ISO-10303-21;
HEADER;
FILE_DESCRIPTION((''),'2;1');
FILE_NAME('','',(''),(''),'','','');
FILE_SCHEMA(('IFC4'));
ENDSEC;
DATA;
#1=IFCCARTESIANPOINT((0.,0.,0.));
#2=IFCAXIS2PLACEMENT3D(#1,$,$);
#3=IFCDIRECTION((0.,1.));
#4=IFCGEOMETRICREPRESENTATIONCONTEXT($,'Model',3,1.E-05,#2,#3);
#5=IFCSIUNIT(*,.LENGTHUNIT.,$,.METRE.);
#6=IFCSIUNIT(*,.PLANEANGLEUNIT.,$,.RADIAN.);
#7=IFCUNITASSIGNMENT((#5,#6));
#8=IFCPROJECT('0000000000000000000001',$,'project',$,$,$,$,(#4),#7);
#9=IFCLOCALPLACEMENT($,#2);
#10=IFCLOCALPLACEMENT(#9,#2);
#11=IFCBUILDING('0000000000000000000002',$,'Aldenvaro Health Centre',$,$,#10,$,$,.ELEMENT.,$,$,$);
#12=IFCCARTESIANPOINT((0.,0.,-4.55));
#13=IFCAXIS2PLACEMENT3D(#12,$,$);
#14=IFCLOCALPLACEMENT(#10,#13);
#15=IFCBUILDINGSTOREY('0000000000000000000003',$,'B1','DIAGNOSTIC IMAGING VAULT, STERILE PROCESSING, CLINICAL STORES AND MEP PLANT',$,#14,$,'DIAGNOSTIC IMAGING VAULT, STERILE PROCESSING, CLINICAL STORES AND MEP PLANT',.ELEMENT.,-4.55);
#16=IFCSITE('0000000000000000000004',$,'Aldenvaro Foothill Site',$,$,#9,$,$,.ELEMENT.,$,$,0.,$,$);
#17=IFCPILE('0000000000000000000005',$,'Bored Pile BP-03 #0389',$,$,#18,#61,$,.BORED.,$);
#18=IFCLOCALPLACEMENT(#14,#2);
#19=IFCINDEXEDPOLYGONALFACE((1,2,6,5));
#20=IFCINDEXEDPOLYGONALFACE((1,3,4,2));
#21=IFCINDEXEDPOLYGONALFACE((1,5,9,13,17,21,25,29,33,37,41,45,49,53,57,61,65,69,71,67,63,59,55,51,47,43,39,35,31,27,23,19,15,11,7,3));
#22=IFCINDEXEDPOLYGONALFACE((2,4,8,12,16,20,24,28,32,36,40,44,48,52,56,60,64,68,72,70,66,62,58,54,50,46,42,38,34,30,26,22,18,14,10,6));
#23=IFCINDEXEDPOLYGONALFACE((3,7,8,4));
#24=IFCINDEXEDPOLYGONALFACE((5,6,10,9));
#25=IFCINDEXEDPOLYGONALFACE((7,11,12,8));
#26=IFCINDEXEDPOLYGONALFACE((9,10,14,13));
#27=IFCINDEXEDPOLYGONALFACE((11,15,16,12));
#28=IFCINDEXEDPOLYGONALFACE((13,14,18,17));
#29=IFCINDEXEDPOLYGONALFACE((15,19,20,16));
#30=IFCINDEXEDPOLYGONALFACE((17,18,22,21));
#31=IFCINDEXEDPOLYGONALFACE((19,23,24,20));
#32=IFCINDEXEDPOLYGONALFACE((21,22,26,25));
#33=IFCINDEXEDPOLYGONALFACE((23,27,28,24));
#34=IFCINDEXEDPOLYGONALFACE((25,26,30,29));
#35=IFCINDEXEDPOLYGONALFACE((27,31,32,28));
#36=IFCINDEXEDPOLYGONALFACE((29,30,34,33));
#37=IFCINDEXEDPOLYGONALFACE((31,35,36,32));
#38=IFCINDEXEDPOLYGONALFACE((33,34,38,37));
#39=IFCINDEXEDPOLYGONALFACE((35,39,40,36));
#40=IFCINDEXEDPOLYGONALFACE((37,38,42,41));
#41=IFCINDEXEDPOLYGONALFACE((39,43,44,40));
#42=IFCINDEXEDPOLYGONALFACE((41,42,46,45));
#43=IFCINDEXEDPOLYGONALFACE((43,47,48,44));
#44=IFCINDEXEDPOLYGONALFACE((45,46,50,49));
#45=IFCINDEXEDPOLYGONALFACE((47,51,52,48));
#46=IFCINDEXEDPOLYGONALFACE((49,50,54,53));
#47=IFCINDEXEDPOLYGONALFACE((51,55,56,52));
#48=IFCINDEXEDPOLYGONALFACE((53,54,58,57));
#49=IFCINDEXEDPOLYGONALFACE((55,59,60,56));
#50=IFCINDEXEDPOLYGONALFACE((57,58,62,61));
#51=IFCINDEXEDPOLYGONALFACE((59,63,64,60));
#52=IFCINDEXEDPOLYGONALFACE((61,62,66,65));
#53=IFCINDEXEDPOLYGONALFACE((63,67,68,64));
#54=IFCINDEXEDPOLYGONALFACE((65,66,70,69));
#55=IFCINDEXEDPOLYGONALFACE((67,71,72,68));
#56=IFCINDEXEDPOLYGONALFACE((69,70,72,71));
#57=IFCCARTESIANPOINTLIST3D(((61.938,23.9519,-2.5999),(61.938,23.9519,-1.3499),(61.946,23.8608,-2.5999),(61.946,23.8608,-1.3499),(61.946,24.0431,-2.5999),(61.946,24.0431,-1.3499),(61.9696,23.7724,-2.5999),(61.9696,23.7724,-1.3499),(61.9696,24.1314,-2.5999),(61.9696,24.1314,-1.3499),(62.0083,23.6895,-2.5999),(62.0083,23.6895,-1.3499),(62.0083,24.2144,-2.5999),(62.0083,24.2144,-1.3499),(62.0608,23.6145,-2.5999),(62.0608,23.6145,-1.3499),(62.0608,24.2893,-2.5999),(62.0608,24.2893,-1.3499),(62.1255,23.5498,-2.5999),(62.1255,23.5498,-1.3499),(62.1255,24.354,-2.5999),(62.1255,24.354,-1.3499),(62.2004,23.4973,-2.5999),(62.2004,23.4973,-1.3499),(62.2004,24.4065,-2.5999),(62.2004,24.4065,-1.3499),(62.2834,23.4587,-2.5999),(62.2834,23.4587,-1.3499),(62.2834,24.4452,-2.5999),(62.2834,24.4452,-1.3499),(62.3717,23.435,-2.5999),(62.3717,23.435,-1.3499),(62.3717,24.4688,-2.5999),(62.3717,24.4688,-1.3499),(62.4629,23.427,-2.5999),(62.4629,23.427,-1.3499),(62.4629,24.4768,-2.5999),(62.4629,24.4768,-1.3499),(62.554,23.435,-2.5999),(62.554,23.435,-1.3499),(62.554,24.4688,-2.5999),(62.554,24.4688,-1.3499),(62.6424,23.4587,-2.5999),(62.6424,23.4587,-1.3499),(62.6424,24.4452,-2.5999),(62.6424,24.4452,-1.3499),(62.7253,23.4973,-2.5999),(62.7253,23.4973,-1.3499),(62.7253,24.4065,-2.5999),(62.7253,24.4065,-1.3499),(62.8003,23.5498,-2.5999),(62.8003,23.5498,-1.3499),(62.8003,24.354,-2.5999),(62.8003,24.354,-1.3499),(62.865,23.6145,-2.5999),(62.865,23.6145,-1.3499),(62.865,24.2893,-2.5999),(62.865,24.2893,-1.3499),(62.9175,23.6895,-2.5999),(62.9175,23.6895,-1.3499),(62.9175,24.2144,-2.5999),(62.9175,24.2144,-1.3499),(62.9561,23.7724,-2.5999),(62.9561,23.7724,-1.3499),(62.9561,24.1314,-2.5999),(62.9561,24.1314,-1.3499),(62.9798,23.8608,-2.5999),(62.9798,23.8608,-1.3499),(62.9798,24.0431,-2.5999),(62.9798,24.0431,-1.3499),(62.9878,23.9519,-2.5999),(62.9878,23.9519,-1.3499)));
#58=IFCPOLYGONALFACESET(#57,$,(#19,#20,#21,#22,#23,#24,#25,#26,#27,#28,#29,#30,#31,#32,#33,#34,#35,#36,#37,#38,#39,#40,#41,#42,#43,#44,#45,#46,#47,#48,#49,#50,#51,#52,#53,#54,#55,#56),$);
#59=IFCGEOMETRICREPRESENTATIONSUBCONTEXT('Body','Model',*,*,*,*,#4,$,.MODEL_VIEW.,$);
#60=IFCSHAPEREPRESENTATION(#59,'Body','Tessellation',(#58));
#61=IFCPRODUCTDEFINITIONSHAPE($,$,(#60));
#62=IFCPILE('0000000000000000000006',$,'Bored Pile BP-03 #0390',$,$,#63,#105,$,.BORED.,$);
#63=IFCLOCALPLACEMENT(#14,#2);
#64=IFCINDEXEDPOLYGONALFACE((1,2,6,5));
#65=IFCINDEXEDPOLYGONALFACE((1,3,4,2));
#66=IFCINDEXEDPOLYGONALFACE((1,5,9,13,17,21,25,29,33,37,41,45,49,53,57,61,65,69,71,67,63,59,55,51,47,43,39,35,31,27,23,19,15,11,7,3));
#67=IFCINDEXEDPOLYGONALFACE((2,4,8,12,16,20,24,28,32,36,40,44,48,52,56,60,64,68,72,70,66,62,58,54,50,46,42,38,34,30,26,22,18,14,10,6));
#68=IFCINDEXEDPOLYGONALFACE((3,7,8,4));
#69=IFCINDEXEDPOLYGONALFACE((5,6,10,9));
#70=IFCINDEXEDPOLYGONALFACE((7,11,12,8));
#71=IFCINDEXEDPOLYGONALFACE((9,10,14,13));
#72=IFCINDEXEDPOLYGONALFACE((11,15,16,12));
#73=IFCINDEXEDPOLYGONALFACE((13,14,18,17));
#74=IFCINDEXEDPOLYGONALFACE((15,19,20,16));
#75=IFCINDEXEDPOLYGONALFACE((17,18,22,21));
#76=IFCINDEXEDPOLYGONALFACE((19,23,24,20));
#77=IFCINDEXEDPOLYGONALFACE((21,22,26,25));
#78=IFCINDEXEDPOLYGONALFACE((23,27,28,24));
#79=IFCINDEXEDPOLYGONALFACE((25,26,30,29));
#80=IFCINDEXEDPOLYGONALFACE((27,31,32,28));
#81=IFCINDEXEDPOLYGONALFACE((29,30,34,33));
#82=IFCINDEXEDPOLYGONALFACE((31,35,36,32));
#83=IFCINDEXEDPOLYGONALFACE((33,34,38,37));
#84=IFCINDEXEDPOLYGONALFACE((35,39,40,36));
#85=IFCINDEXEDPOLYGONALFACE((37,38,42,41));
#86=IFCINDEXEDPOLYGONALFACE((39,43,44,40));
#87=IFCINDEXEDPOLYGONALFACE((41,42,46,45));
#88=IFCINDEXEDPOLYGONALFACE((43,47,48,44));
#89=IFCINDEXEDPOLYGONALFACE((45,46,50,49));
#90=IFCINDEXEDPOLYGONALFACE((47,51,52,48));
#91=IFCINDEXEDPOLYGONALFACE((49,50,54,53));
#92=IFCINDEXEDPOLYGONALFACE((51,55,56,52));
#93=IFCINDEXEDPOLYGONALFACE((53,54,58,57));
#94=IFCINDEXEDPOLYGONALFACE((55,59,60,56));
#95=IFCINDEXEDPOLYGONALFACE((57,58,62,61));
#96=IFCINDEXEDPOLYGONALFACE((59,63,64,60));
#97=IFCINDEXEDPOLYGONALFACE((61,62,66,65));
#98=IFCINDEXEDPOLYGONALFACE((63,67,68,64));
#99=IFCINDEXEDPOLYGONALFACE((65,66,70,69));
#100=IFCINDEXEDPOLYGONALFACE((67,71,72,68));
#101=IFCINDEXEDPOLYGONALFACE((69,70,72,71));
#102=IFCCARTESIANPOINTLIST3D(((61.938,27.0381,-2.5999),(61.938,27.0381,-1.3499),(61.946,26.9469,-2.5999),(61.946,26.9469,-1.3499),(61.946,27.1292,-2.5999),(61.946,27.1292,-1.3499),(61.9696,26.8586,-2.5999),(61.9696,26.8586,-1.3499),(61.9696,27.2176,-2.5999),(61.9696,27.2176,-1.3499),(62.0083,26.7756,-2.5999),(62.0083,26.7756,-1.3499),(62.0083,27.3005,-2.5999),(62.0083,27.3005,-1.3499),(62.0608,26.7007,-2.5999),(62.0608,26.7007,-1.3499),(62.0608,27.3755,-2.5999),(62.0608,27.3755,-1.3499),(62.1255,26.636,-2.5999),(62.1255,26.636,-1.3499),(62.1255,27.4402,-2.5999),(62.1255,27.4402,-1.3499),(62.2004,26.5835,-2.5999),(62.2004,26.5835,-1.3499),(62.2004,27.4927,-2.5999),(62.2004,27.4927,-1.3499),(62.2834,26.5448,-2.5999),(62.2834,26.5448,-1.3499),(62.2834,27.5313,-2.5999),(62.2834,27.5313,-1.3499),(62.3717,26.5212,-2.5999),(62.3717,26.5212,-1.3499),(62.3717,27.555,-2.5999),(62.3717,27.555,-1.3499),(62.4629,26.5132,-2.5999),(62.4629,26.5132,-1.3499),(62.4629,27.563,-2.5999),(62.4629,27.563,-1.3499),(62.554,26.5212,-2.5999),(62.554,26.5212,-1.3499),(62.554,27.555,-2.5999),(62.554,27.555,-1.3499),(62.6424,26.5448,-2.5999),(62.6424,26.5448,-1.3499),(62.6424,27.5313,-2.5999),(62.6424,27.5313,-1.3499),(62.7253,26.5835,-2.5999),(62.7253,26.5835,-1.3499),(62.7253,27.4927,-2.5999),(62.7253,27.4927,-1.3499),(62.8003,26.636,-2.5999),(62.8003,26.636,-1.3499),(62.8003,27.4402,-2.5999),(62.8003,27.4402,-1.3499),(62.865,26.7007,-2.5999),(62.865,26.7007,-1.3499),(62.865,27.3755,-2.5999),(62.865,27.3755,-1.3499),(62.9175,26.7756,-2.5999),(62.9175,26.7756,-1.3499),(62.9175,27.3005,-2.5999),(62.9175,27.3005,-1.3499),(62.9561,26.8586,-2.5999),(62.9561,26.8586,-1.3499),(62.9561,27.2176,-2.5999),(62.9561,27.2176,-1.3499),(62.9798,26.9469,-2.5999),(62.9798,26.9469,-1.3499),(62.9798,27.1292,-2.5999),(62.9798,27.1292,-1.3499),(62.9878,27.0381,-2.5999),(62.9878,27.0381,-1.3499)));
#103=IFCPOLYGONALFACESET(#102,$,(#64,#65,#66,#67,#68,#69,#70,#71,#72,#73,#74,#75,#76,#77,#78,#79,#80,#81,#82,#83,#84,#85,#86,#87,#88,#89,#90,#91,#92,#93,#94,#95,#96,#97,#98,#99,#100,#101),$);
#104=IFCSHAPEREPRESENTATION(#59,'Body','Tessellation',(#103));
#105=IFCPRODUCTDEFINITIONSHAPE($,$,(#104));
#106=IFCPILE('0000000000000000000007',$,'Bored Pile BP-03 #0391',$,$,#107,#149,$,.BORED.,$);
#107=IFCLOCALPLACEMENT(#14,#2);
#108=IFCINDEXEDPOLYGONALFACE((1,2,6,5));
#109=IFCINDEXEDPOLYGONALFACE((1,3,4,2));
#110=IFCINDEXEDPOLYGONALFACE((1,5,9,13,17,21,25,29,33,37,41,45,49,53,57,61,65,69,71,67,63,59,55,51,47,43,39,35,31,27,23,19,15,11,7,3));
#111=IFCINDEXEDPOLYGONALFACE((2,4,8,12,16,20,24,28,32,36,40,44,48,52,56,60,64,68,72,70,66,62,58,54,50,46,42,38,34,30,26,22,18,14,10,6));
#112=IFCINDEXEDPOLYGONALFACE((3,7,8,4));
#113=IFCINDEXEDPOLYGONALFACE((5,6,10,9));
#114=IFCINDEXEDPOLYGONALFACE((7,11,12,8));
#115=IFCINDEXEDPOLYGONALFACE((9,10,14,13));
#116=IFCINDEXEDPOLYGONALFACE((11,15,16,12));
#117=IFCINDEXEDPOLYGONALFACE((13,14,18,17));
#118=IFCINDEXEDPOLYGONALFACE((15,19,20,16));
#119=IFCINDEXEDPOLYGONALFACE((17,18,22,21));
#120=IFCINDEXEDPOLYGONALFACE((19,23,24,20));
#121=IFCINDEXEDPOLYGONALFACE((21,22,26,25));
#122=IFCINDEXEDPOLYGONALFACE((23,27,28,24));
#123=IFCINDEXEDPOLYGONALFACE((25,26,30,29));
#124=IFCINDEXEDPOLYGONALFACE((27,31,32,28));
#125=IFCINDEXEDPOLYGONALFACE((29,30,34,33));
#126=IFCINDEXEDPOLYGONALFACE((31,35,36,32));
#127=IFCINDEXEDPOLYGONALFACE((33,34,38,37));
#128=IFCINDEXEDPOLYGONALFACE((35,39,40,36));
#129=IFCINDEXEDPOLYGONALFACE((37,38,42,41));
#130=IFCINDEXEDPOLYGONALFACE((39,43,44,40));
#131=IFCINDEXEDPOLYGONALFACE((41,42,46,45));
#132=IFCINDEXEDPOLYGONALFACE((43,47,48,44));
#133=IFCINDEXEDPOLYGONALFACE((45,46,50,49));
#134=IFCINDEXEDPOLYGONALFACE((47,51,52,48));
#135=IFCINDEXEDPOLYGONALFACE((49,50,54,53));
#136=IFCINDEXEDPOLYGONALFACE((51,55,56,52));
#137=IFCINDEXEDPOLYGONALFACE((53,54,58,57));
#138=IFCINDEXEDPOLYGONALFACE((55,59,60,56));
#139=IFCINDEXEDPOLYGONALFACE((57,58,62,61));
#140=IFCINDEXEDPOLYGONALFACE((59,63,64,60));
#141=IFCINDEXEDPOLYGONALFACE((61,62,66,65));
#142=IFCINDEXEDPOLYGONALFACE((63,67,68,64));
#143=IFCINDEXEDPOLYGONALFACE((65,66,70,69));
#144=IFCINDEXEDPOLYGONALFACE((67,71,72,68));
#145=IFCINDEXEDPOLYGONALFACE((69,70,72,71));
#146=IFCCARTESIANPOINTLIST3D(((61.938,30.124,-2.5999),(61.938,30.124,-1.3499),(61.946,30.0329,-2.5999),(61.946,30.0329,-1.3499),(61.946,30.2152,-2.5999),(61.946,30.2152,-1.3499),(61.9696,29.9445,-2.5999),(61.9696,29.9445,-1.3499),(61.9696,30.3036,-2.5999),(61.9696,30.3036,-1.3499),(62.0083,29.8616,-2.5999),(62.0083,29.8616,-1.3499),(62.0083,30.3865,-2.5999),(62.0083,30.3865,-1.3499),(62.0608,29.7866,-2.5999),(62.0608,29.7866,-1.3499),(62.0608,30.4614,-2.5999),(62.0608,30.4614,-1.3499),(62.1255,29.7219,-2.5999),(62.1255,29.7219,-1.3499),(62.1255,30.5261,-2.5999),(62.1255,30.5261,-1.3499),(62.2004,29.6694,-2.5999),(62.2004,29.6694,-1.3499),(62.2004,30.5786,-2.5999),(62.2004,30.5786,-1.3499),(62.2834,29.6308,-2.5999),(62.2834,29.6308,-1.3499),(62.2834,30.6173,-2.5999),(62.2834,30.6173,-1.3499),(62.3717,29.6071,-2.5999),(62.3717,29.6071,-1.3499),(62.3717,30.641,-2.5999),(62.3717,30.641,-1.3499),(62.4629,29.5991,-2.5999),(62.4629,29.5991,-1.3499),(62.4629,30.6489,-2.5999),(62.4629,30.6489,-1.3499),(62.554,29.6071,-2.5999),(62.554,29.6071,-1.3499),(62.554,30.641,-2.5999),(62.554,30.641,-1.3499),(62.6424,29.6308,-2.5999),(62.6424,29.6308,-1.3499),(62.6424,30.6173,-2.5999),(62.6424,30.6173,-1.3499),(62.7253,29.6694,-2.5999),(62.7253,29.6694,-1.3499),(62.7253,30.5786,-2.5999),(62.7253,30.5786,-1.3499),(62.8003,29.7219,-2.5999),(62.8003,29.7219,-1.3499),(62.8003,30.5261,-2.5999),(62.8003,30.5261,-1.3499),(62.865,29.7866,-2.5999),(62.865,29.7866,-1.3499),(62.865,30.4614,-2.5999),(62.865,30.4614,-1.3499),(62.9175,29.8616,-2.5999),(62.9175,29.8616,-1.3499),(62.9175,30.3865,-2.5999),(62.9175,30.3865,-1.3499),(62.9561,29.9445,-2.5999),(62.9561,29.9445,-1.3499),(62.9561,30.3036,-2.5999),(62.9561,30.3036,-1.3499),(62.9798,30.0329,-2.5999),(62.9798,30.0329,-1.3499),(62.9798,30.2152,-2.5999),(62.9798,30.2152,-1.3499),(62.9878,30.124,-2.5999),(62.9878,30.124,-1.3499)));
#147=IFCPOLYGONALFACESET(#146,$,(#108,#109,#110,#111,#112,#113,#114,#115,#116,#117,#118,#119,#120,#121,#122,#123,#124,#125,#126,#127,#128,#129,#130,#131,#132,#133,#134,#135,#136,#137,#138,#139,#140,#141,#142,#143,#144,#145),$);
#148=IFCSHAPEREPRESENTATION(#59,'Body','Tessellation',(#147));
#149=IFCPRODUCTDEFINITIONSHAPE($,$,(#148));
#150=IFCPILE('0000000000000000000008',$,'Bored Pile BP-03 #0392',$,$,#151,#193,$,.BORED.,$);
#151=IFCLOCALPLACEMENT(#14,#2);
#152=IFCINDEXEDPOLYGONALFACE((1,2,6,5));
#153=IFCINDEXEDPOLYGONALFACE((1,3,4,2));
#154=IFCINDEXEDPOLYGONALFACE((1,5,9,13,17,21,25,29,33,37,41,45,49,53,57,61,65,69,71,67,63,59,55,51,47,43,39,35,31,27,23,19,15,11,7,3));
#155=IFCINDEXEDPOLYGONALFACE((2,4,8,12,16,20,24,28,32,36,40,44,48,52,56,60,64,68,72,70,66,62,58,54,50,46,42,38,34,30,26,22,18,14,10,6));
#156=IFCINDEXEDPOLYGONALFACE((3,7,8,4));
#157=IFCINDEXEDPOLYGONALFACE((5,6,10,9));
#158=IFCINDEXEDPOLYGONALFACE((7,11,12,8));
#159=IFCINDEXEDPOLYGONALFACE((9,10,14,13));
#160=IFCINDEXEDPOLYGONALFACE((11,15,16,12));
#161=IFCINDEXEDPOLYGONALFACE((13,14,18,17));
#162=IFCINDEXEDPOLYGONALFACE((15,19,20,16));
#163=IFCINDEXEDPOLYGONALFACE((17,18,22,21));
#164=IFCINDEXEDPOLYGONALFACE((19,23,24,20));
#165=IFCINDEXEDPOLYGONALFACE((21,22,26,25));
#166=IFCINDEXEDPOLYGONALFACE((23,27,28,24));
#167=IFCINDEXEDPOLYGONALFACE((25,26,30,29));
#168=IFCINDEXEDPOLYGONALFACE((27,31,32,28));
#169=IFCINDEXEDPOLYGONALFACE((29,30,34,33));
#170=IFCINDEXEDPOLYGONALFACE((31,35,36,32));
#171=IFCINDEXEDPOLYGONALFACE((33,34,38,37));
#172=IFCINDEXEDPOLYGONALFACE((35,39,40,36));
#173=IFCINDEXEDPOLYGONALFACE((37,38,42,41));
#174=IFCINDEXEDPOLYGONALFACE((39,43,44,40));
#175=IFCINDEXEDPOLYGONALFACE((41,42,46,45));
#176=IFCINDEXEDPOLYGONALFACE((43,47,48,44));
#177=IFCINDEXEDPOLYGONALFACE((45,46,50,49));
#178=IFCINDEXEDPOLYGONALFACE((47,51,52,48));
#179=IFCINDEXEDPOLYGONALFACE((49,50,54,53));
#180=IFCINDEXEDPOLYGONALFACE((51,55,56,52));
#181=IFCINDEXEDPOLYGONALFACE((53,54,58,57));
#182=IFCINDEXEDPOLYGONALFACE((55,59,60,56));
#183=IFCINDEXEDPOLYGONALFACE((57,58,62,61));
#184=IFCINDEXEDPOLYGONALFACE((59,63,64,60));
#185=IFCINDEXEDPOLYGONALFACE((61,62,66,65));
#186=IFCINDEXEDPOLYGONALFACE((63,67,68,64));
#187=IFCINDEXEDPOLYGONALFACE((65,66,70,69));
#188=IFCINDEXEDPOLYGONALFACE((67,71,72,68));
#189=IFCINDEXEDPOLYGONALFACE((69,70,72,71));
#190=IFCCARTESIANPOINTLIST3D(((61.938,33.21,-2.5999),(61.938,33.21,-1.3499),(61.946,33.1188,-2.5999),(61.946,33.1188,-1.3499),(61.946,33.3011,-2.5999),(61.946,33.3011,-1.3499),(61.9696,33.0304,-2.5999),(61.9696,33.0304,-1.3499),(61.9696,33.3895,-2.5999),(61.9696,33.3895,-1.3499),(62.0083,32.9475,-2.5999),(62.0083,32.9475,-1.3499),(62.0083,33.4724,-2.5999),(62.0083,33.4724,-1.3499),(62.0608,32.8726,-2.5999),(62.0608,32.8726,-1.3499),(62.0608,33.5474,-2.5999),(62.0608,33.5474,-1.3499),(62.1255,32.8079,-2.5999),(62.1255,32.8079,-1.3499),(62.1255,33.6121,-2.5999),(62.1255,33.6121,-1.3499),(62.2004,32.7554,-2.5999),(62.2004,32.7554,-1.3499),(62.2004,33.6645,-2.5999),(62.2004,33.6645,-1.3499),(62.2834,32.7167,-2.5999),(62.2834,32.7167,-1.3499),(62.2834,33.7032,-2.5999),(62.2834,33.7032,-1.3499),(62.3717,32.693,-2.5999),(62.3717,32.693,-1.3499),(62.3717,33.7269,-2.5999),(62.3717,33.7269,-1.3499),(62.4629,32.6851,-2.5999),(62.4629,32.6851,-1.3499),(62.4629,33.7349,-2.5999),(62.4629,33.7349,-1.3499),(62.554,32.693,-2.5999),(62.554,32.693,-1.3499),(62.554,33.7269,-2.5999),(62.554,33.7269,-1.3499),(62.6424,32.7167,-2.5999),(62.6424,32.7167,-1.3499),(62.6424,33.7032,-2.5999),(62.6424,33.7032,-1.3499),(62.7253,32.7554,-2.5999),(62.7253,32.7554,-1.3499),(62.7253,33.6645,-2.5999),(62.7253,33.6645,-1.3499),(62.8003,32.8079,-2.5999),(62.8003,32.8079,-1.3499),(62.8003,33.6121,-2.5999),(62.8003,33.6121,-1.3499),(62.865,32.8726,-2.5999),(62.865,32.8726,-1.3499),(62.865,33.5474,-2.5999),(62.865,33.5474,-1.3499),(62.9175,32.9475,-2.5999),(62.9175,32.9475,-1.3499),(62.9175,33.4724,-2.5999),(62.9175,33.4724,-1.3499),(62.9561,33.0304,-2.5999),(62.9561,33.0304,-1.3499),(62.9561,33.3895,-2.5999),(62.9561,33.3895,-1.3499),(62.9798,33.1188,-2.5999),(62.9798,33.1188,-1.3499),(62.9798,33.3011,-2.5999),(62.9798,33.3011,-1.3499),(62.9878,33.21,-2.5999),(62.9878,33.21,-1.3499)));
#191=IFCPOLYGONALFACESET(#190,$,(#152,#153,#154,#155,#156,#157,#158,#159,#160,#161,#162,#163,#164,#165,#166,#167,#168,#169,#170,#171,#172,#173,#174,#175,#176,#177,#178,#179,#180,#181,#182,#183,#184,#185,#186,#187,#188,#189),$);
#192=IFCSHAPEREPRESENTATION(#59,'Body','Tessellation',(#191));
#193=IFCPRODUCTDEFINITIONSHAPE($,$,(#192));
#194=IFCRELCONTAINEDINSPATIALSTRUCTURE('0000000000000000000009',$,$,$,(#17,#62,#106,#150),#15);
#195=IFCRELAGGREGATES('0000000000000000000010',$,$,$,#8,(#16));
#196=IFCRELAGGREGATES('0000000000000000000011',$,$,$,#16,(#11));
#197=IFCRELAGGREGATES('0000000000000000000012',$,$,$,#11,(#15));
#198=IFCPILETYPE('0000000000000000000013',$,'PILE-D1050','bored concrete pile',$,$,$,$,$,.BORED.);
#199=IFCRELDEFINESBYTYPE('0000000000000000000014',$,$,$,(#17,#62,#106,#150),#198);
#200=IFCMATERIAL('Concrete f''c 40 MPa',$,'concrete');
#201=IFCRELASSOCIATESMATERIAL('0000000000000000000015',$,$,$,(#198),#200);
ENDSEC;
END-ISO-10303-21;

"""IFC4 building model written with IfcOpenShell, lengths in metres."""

from ifc_helpers import new_model, si_unit, direction, frame, origin, origin_2d, place, context, subcontext, project, spatial, circle, extrude, material, material_profile, profile_set, type_object, element, save


model = new_model("IFC4")

# Units and contexts
model_context = context("Model", 3, precision=1e-05, world=origin(), true_north=direction((0.0, 1.0)))
body_context = subcontext(model_context, "Body", "Model", "MODEL_VIEW")
ifc_project = project(units=[si_unit("LENGTHUNIT", "METRE"), si_unit("PLANEANGLEUNIT", "RADIAN")], contexts=[model_context])

# Site, building, storey
site_placement = place(None, origin())
site = spatial("IfcSite", under=ifc_project, at=site_placement, Name="Aldenvaro Foothill Site", CompositionType="ELEMENT", RefElevation=0.0)
building_placement = place(site_placement, origin())
building = spatial("IfcBuilding", under=site, at=building_placement, Name="Aldenvaro Health Centre", CompositionType="ELEMENT")
storey_placement = place(building_placement, frame((0.0, 0.0, -4.55)))
storey = spatial("IfcBuildingStorey", under=building, at=storey_placement, Name="B1", Description="DIAGNOSTIC IMAGING VAULT, STERILE PROCESSING, CLINICAL STORES AND MEP PLANT", LongName="DIAGNOSTIC IMAGING VAULT, STERILE PROCESSING, CLINICAL STORES AND MEP PLANT", CompositionType="ELEMENT", Elevation=-4.55)

# Shared definitions
ifc_material = material(Name="Concrete f'c 40 MPa", Category="concrete")

# Piles
ifc_material_profile_1 = material_profile(ifc_material, circle(Radius=0.5249, at=origin_2d()), Name="PILE D1050", Category="concrete")
ifc_profile_set_1 = profile_set([ifc_material_profile_1], Name="Concrete f'c 40 MPa")
pile_type = type_object("IfcPileType", Name="PILE-D1050", Description="bored concrete pile", PredefinedType="BORED", material=ifc_profile_set_1)
for number, where, z_axis, x_axis, name in (
    (1, (62.4629, 23.9519, -1.3499), (0.0, 0.0, -1.0), (1.0, 0.0, 0.0), "Bored Pile BP-03 #0389"),
    (2, (62.4629, 27.0381, -1.3499), (0.0, 0.0, -1.0), (1.0, 0.0, 0.0), "Bored Pile BP-03 #0390"),
    (3, (62.4629, 30.124, -1.3499), (0.0, 0.0, -1.0), (1.0, 0.0, 0.0), "Bored Pile BP-03 #0391"),
    (4, (62.4629, 33.21, -1.3499), (0.0, 0.0, -1.0), (1.0, 0.0, 0.0), "Bored Pile BP-03 #0392"),
):
    element("IfcPile", number, at=place(storey_placement, frame(where, z_axis=z_axis, x_axis=x_axis)), inside=storey, type_object=pile_type, Name=name, PredefinedType="BORED", context=body_context, shape_type="SweptSolid", body=[
        extrude(circle(Radius=0.5249, at=origin_2d()), origin(), (0.0, 0.0, 1.0), 1.25),
    ])

save(model, "model.ifc")
